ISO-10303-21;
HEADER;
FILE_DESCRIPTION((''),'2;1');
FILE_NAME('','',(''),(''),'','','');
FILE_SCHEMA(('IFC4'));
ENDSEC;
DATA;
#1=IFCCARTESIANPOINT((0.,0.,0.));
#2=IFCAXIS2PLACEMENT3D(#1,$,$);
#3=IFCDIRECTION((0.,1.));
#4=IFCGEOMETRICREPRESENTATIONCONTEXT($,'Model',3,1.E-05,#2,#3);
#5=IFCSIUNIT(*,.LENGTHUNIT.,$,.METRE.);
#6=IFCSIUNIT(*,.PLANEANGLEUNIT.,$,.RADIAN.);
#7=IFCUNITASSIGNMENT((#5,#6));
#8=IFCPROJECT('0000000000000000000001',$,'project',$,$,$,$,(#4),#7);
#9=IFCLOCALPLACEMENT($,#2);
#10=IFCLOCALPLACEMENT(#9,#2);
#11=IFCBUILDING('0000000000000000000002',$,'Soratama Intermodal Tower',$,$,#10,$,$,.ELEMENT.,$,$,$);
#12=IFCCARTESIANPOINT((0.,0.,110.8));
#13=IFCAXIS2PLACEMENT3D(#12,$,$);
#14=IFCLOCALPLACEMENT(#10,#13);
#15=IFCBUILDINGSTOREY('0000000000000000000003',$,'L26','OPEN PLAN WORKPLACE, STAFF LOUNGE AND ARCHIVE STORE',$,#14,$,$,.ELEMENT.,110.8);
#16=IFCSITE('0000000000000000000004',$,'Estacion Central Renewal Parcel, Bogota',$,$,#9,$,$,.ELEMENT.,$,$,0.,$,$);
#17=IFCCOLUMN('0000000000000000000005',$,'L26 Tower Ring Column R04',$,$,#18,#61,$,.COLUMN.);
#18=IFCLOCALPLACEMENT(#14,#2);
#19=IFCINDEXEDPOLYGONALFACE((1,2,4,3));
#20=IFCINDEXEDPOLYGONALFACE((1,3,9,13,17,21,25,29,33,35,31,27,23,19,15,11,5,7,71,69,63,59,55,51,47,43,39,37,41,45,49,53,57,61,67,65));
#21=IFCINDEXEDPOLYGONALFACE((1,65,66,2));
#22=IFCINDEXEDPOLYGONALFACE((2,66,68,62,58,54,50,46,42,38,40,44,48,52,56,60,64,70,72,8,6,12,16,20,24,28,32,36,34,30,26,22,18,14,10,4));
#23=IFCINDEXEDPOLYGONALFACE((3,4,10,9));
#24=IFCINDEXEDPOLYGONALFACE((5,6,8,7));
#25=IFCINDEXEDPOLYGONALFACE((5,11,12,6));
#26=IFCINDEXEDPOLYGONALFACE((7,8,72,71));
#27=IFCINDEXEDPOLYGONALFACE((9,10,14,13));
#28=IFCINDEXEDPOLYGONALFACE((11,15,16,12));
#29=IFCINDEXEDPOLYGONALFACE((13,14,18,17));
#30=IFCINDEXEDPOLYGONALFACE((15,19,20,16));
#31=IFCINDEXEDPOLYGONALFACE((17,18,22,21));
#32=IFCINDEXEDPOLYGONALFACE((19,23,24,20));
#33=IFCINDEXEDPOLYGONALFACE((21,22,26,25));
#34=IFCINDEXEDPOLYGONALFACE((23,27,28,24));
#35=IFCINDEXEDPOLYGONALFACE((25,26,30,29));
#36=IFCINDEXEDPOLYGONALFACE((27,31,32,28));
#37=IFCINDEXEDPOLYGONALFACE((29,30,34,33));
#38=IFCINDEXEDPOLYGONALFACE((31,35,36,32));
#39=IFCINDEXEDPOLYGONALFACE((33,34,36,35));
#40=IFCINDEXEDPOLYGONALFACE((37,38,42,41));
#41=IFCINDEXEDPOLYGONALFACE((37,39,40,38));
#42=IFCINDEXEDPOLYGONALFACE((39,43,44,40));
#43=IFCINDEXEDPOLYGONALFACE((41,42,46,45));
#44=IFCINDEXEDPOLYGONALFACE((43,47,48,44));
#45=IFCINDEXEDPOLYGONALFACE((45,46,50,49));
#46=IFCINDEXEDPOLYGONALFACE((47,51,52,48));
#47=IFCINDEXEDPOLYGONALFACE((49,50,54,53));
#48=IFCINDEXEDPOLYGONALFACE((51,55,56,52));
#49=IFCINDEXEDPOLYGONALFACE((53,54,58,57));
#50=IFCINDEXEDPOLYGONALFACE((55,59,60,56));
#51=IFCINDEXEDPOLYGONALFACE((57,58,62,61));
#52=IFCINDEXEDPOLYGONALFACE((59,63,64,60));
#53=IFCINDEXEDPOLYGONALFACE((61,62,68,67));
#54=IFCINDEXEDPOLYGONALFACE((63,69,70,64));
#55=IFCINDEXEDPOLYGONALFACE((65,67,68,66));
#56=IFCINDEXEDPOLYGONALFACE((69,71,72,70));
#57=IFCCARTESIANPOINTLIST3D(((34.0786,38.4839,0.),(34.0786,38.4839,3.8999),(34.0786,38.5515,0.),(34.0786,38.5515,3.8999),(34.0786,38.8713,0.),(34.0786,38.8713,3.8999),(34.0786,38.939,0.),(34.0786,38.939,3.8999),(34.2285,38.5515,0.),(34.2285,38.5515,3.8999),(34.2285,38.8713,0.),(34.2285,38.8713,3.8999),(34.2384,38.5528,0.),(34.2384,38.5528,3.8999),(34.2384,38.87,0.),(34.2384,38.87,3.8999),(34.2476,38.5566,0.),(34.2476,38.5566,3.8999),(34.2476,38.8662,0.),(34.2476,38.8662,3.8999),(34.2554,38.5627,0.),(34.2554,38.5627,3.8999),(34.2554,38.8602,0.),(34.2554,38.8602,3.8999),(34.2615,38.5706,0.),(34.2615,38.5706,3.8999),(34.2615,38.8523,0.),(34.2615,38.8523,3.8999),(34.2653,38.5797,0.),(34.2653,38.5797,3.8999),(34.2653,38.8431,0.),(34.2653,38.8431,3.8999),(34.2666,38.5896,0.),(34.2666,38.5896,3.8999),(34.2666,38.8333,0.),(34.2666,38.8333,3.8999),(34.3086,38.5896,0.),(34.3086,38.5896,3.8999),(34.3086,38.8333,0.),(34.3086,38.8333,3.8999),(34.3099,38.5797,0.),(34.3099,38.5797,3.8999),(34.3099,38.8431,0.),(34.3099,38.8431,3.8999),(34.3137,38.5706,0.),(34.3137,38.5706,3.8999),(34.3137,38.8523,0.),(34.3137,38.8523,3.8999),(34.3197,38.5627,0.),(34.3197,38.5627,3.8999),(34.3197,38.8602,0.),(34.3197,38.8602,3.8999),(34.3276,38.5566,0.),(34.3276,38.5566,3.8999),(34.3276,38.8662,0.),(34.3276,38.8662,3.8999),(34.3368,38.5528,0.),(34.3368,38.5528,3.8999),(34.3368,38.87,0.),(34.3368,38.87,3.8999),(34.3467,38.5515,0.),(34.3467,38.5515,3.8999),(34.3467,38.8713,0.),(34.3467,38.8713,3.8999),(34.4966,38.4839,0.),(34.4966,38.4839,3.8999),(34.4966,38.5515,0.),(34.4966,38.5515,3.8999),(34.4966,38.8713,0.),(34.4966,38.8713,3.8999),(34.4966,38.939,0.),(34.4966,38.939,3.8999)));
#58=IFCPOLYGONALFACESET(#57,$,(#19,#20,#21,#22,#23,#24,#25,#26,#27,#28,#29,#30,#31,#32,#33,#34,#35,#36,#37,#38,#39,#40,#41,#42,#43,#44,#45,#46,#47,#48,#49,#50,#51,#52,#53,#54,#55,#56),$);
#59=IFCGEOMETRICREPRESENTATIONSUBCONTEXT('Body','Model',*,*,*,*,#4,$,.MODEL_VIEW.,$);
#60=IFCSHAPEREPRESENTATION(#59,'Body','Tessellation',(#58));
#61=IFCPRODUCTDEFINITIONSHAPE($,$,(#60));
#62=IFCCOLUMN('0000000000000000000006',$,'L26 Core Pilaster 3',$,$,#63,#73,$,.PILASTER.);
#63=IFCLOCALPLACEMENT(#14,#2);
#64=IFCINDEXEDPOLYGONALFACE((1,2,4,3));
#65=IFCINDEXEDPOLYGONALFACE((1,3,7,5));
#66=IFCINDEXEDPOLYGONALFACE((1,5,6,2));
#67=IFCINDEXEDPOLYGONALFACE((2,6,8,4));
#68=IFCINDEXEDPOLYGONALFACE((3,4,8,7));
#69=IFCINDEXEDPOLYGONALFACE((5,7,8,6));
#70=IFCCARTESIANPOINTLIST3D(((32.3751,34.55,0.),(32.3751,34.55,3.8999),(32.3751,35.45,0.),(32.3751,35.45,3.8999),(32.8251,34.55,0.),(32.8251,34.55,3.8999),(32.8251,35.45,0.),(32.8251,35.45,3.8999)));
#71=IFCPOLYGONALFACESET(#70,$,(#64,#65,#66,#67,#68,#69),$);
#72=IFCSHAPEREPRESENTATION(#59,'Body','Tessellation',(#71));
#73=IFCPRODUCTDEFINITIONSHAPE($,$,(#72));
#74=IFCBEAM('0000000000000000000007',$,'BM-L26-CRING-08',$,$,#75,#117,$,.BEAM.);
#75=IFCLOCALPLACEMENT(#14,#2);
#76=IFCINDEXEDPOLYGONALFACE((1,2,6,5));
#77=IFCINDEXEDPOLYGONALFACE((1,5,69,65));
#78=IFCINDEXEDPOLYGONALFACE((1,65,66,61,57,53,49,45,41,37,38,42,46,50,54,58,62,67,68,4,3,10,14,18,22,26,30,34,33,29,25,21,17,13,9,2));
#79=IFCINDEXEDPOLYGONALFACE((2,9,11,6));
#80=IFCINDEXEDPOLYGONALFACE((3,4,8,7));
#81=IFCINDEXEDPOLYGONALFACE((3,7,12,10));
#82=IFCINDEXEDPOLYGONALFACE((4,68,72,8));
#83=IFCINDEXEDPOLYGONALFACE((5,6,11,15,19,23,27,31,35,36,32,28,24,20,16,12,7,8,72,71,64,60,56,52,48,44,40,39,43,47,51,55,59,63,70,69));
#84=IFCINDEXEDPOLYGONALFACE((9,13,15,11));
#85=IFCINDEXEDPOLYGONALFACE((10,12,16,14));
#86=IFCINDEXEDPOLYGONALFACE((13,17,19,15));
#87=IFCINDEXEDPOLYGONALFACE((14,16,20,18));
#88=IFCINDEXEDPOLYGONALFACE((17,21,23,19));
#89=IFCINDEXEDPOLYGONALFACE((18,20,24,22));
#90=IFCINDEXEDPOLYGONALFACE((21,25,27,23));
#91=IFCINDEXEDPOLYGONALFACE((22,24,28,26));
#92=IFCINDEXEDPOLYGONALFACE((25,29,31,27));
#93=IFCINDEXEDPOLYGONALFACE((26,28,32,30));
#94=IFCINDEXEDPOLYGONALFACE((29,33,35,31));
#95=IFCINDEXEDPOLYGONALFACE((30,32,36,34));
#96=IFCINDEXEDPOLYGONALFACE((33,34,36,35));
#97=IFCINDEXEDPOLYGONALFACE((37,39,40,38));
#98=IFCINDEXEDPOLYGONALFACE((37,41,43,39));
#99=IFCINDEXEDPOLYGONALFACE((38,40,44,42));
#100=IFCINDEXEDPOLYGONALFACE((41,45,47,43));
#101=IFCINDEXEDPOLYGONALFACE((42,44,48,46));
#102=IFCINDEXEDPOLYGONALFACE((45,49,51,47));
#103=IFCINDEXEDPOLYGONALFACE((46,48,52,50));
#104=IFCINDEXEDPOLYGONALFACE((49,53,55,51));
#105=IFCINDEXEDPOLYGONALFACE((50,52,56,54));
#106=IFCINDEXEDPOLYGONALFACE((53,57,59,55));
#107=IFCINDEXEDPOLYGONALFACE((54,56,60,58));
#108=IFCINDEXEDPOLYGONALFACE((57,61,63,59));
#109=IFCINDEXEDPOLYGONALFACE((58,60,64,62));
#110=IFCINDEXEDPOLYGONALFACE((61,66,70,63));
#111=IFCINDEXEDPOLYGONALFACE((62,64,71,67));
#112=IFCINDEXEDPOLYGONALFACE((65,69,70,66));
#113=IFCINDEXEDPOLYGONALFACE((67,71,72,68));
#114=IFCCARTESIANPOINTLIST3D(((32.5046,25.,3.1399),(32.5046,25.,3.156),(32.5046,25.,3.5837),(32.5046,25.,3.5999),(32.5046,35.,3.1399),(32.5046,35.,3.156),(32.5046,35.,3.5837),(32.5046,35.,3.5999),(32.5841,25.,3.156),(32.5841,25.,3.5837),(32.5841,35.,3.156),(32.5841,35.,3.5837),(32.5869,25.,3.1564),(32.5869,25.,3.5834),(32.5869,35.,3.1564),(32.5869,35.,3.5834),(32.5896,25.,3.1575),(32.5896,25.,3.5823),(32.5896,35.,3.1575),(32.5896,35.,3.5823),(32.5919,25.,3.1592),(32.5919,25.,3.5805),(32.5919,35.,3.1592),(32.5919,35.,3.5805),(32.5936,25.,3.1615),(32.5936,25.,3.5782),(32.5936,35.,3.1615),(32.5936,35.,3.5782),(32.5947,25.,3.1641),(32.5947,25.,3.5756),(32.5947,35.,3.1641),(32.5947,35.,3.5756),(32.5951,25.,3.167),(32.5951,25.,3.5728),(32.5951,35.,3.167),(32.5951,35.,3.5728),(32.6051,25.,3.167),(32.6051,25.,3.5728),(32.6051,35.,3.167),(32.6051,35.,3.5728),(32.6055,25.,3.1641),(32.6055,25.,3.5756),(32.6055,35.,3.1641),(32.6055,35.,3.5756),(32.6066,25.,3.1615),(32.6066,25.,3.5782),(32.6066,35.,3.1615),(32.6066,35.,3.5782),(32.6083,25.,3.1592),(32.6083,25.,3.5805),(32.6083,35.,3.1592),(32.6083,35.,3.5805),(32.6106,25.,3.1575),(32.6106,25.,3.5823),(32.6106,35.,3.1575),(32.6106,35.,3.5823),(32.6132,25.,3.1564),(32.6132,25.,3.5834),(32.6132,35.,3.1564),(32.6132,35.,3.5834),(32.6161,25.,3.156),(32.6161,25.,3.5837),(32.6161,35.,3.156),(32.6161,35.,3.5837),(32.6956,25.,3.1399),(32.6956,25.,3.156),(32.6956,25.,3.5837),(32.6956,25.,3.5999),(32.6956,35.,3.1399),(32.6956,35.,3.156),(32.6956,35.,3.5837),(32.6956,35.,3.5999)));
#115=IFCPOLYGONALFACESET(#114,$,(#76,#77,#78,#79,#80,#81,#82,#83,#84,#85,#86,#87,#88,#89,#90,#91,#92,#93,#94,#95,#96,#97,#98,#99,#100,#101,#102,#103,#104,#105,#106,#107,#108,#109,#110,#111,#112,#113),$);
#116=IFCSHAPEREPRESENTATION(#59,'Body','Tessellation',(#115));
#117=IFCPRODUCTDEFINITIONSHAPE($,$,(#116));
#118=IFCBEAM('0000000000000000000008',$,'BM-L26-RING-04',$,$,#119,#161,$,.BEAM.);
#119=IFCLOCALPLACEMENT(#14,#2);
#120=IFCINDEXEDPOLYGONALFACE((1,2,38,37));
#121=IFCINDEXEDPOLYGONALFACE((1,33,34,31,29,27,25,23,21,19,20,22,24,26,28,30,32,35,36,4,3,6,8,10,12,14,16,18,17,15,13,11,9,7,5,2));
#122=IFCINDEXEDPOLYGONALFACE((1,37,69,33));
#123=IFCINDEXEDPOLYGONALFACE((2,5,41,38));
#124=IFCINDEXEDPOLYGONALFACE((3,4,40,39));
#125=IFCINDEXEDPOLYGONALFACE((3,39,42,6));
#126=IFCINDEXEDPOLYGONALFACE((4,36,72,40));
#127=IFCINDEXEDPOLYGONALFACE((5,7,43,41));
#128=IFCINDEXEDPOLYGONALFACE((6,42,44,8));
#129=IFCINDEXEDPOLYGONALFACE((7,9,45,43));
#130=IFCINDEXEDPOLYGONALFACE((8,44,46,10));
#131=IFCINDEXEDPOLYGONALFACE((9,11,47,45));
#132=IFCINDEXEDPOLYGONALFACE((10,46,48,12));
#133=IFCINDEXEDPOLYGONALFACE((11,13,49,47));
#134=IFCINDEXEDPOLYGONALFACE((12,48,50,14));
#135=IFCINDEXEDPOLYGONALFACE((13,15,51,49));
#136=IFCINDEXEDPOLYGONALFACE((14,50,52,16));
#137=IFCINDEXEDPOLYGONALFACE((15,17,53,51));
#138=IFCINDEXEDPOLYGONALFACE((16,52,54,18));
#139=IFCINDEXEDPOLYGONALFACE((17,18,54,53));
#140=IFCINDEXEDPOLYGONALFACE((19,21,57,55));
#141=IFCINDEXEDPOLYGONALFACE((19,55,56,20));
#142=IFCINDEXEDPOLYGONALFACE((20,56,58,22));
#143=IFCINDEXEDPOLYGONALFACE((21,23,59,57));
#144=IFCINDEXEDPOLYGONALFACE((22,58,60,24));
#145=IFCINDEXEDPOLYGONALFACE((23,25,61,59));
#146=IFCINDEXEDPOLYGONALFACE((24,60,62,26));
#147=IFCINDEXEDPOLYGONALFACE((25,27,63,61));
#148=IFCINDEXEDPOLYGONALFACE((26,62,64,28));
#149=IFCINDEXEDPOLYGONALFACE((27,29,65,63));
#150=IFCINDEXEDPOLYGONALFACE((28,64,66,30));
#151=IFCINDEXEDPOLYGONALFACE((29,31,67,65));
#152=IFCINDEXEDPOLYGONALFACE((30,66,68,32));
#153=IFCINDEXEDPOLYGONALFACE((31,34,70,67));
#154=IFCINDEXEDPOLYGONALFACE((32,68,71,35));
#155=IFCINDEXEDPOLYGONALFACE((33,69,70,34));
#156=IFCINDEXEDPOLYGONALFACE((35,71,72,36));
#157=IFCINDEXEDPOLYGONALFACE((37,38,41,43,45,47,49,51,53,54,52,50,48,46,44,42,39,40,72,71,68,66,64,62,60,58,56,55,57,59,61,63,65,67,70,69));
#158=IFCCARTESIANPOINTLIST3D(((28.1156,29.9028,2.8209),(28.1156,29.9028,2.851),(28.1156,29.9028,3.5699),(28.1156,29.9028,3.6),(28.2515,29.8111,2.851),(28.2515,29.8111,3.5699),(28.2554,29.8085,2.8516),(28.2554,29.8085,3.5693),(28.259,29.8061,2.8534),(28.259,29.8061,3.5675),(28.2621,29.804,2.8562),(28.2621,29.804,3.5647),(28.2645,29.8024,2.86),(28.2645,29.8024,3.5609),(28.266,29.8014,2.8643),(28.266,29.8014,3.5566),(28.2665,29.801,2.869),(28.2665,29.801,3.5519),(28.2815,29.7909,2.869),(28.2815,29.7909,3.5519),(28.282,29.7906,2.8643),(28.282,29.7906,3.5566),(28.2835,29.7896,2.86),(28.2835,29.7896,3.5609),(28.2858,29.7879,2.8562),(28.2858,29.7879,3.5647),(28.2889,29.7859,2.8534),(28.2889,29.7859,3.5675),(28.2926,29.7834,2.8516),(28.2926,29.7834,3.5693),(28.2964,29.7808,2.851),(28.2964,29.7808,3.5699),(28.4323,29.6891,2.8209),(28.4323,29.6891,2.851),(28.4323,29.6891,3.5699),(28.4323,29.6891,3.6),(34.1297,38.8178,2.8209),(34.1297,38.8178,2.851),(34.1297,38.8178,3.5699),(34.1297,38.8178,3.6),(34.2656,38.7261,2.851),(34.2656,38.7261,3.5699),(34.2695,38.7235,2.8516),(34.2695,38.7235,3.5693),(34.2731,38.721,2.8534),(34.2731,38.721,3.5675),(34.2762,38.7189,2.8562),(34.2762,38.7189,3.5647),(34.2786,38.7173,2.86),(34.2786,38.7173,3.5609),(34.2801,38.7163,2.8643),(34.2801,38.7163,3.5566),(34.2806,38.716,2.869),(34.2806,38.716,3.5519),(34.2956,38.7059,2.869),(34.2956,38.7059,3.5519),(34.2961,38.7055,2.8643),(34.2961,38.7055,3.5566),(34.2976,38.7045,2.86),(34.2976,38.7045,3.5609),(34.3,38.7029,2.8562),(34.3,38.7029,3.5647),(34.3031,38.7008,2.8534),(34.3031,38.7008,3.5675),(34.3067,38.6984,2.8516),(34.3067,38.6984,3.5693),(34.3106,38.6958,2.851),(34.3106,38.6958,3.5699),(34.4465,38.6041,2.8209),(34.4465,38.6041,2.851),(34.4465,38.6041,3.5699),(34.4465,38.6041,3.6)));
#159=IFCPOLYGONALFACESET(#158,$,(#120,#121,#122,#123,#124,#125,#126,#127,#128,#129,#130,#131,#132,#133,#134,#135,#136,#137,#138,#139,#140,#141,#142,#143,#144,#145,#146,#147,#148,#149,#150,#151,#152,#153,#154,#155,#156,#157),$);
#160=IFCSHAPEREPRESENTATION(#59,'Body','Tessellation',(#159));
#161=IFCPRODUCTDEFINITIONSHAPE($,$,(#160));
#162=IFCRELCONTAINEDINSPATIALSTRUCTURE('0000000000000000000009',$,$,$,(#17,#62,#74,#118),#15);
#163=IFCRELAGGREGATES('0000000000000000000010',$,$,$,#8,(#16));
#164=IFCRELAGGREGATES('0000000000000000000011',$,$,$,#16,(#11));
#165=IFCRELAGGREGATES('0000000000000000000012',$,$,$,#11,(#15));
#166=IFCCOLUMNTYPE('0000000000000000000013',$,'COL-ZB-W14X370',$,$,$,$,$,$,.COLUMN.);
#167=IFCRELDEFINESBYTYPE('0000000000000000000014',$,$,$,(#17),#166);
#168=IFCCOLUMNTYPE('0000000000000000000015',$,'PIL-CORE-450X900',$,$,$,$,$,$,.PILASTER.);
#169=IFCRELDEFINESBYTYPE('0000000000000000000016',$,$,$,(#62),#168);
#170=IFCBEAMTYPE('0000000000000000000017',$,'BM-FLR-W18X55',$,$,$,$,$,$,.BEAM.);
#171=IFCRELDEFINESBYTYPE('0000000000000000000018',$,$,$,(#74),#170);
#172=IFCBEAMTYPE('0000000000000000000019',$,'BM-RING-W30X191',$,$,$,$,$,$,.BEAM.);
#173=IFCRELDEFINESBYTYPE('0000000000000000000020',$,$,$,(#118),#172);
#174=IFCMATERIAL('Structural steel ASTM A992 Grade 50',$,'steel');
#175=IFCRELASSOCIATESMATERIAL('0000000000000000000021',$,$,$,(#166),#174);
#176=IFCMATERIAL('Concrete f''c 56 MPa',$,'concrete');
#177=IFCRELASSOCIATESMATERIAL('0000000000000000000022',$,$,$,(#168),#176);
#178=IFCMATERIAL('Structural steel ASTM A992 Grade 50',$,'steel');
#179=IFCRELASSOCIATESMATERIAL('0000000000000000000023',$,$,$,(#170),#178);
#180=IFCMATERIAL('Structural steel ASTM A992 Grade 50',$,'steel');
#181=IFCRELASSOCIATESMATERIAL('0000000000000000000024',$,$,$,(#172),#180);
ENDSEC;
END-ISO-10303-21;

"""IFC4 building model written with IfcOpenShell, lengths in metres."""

from ifc_helpers import new_model, si_unit, direction, frame, origin, origin_2d, place, context, subcontext, project, spatial, rectangle, i_section, extrude, material, material_profile, profile_set, type_object, element, save


model = new_model("IFC4")

# Units and contexts
model_context = context("Model", 3, precision=1e-05, world=origin(), true_north=direction((0.0, 1.0)))
body_context = subcontext(model_context, "Body", "Model", "MODEL_VIEW")
ifc_project = project(units=[si_unit("LENGTHUNIT", "METRE"), si_unit("PLANEANGLEUNIT", "RADIAN")], contexts=[model_context])

# Site, building, storey
site_placement = place(None, origin())
site = spatial("IfcSite", under=ifc_project, at=site_placement, Name="Estacion Central Renewal Parcel, Bogota", CompositionType="ELEMENT", RefElevation=0.0)
building_placement = place(site_placement, origin())
building = spatial("IfcBuilding", under=site, at=building_placement, Name="Soratama Intermodal Tower", CompositionType="ELEMENT")
storey_placement = place(building_placement, frame((0.0, 0.0, 110.8)))
storey = spatial("IfcBuildingStorey", under=building, at=storey_placement, Name="L26", Description="OPEN PLAN WORKPLACE, STAFF LOUNGE AND ARCHIVE STORE", CompositionType="ELEMENT", Elevation=110.8)

# Columns
ifc_material_1 = material(Name="Structural steel ASTM A992 Grade 50", Category="steel")
ifc_material_profile_1 = material_profile(ifc_material_1, i_section(OverallWidth=0.418, OverallDepth=0.4551, WebThickness=0.042, FlangeThickness=0.0676, FilletRadius=0.0381, at=origin_2d()), Name="W14X370")
ifc_profile_set_1 = profile_set([ifc_material_profile_1], Name="Structural steel ASTM A992 Grade 50")
column_type_1 = type_object("IfcColumnType", Name="COL-ZB-W14X370", PredefinedType="COLUMN", material=ifc_profile_set_1)
column_1_placement = place(storey_placement, frame((34.2876, 38.7114, 0.0), z_axis=(0.0, 0.0, 1.0), x_axis=(1.0, 0.0, 0.0)))
element("IfcColumn", 1, at=column_1_placement, inside=storey, type_object=column_type_1, Name="L26 Tower Ring Column R04", PredefinedType="COLUMN", context=body_context, shape_type="SweptSolid", body=[
    extrude(i_section(OverallWidth=0.418, OverallDepth=0.4551, WebThickness=0.042, FlangeThickness=0.0676, FilletRadius=0.0381, at=origin_2d()), origin(), (0.0, 0.0, 1.0), 3.8999),
])
ifc_material_2 = material(Name="Concrete f'c 56 MPa", Category="concrete")
ifc_material_profile_2 = material_profile(ifc_material_2, rectangle(XDim=0.45, YDim=0.8999, at=origin_2d()), Name="RC450X900")
ifc_profile_set_2 = profile_set([ifc_material_profile_2], Name="Concrete f'c 56 MPa")
column_type_2 = type_object("IfcColumnType", Name="PIL-CORE-450X900", PredefinedType="PILASTER", material=ifc_profile_set_2)
column_2_placement = place(storey_placement, frame((32.6001, 35.0, 0.0), z_axis=(0.0, 0.0, 1.0), x_axis=(1.0, 0.0, 0.0)))
element("IfcColumn", 2, at=column_2_placement, inside=storey, type_object=column_type_2, Name="L26 Core Pilaster 3", PredefinedType="PILASTER", context=body_context, shape_type="SweptSolid", body=[
    extrude(rectangle(XDim=0.45, YDim=0.8999, at=origin_2d()), origin(), (0.0, 0.0, 1.0), 3.8999),
])

# Beams
ifc_material_3 = material(Name="Structural steel ASTM A992 Grade 50", Category="steel")
ifc_material_profile_3 = material_profile(ifc_material_3, i_section(OverallWidth=0.1909, OverallDepth=0.46, WebThickness=0.01, FlangeThickness=0.0161, FilletRadius=0.011, at=origin_2d()), Name="W18X55")
ifc_profile_set_3 = profile_set([ifc_material_profile_3], Name="Structural steel ASTM A992 Grade 50")
beam_type_1 = type_object("IfcBeamType", Name="BM-FLR-W18X55", PredefinedType="BEAM", material=ifc_profile_set_3)
beam_1_placement = place(storey_placement, frame((32.6001, 35.0, 3.3699), z_axis=(0.0, -1.0, 0.0), x_axis=(1.0, 0.0, 0.0)))
element("IfcBeam", 3, at=beam_1_placement, inside=storey, type_object=beam_type_1, Name="BM-L26-CRING-08", PredefinedType="BEAM", context=body_context, shape_type="SweptSolid", body=[
    extrude(i_section(OverallWidth=0.1909, OverallDepth=0.46, WebThickness=0.01, FlangeThickness=0.0161, FilletRadius=0.011, at=origin_2d()), origin(), (0.0, 0.0, 1.0), 10.0),
])
ifc_material_4 = material(Name="Structural steel ASTM A992 Grade 50", Category="steel")
ifc_material_profile_4 = material_profile(ifc_material_4, i_section(OverallWidth=0.3821, OverallDepth=0.7791, WebThickness=0.0181, FlangeThickness=0.03, FilletRadius=0.0181, at=origin_2d()), Name="W30X191")
ifc_profile_set_4 = profile_set([ifc_material_profile_4], Name="Structural steel ASTM A992 Grade 50")
beam_type_2 = type_object("IfcBeamType", Name="BM-RING-W30X191", PredefinedType="BEAM", material=ifc_profile_set_4)
beam_2_placement = place(storey_placement, frame((34.2881, 38.7109, 3.2104), z_axis=(-0.55925, -0.828999, 0.0), x_axis=(0.828999, -0.55925, 0.0)))
element("IfcBeam", 4, at=beam_2_placement, inside=storey, type_object=beam_type_2, Name="BM-L26-RING-04", PredefinedType="BEAM", context=body_context, shape_type="SweptSolid", body=[
    extrude(i_section(OverallWidth=0.3821, OverallDepth=0.7791, WebThickness=0.0181, FlangeThickness=0.03, FilletRadius=0.0181, at=origin_2d()), origin(), (0.0, 0.0, 1.0), 10.7539),
])

save(model, "model.ifc")
